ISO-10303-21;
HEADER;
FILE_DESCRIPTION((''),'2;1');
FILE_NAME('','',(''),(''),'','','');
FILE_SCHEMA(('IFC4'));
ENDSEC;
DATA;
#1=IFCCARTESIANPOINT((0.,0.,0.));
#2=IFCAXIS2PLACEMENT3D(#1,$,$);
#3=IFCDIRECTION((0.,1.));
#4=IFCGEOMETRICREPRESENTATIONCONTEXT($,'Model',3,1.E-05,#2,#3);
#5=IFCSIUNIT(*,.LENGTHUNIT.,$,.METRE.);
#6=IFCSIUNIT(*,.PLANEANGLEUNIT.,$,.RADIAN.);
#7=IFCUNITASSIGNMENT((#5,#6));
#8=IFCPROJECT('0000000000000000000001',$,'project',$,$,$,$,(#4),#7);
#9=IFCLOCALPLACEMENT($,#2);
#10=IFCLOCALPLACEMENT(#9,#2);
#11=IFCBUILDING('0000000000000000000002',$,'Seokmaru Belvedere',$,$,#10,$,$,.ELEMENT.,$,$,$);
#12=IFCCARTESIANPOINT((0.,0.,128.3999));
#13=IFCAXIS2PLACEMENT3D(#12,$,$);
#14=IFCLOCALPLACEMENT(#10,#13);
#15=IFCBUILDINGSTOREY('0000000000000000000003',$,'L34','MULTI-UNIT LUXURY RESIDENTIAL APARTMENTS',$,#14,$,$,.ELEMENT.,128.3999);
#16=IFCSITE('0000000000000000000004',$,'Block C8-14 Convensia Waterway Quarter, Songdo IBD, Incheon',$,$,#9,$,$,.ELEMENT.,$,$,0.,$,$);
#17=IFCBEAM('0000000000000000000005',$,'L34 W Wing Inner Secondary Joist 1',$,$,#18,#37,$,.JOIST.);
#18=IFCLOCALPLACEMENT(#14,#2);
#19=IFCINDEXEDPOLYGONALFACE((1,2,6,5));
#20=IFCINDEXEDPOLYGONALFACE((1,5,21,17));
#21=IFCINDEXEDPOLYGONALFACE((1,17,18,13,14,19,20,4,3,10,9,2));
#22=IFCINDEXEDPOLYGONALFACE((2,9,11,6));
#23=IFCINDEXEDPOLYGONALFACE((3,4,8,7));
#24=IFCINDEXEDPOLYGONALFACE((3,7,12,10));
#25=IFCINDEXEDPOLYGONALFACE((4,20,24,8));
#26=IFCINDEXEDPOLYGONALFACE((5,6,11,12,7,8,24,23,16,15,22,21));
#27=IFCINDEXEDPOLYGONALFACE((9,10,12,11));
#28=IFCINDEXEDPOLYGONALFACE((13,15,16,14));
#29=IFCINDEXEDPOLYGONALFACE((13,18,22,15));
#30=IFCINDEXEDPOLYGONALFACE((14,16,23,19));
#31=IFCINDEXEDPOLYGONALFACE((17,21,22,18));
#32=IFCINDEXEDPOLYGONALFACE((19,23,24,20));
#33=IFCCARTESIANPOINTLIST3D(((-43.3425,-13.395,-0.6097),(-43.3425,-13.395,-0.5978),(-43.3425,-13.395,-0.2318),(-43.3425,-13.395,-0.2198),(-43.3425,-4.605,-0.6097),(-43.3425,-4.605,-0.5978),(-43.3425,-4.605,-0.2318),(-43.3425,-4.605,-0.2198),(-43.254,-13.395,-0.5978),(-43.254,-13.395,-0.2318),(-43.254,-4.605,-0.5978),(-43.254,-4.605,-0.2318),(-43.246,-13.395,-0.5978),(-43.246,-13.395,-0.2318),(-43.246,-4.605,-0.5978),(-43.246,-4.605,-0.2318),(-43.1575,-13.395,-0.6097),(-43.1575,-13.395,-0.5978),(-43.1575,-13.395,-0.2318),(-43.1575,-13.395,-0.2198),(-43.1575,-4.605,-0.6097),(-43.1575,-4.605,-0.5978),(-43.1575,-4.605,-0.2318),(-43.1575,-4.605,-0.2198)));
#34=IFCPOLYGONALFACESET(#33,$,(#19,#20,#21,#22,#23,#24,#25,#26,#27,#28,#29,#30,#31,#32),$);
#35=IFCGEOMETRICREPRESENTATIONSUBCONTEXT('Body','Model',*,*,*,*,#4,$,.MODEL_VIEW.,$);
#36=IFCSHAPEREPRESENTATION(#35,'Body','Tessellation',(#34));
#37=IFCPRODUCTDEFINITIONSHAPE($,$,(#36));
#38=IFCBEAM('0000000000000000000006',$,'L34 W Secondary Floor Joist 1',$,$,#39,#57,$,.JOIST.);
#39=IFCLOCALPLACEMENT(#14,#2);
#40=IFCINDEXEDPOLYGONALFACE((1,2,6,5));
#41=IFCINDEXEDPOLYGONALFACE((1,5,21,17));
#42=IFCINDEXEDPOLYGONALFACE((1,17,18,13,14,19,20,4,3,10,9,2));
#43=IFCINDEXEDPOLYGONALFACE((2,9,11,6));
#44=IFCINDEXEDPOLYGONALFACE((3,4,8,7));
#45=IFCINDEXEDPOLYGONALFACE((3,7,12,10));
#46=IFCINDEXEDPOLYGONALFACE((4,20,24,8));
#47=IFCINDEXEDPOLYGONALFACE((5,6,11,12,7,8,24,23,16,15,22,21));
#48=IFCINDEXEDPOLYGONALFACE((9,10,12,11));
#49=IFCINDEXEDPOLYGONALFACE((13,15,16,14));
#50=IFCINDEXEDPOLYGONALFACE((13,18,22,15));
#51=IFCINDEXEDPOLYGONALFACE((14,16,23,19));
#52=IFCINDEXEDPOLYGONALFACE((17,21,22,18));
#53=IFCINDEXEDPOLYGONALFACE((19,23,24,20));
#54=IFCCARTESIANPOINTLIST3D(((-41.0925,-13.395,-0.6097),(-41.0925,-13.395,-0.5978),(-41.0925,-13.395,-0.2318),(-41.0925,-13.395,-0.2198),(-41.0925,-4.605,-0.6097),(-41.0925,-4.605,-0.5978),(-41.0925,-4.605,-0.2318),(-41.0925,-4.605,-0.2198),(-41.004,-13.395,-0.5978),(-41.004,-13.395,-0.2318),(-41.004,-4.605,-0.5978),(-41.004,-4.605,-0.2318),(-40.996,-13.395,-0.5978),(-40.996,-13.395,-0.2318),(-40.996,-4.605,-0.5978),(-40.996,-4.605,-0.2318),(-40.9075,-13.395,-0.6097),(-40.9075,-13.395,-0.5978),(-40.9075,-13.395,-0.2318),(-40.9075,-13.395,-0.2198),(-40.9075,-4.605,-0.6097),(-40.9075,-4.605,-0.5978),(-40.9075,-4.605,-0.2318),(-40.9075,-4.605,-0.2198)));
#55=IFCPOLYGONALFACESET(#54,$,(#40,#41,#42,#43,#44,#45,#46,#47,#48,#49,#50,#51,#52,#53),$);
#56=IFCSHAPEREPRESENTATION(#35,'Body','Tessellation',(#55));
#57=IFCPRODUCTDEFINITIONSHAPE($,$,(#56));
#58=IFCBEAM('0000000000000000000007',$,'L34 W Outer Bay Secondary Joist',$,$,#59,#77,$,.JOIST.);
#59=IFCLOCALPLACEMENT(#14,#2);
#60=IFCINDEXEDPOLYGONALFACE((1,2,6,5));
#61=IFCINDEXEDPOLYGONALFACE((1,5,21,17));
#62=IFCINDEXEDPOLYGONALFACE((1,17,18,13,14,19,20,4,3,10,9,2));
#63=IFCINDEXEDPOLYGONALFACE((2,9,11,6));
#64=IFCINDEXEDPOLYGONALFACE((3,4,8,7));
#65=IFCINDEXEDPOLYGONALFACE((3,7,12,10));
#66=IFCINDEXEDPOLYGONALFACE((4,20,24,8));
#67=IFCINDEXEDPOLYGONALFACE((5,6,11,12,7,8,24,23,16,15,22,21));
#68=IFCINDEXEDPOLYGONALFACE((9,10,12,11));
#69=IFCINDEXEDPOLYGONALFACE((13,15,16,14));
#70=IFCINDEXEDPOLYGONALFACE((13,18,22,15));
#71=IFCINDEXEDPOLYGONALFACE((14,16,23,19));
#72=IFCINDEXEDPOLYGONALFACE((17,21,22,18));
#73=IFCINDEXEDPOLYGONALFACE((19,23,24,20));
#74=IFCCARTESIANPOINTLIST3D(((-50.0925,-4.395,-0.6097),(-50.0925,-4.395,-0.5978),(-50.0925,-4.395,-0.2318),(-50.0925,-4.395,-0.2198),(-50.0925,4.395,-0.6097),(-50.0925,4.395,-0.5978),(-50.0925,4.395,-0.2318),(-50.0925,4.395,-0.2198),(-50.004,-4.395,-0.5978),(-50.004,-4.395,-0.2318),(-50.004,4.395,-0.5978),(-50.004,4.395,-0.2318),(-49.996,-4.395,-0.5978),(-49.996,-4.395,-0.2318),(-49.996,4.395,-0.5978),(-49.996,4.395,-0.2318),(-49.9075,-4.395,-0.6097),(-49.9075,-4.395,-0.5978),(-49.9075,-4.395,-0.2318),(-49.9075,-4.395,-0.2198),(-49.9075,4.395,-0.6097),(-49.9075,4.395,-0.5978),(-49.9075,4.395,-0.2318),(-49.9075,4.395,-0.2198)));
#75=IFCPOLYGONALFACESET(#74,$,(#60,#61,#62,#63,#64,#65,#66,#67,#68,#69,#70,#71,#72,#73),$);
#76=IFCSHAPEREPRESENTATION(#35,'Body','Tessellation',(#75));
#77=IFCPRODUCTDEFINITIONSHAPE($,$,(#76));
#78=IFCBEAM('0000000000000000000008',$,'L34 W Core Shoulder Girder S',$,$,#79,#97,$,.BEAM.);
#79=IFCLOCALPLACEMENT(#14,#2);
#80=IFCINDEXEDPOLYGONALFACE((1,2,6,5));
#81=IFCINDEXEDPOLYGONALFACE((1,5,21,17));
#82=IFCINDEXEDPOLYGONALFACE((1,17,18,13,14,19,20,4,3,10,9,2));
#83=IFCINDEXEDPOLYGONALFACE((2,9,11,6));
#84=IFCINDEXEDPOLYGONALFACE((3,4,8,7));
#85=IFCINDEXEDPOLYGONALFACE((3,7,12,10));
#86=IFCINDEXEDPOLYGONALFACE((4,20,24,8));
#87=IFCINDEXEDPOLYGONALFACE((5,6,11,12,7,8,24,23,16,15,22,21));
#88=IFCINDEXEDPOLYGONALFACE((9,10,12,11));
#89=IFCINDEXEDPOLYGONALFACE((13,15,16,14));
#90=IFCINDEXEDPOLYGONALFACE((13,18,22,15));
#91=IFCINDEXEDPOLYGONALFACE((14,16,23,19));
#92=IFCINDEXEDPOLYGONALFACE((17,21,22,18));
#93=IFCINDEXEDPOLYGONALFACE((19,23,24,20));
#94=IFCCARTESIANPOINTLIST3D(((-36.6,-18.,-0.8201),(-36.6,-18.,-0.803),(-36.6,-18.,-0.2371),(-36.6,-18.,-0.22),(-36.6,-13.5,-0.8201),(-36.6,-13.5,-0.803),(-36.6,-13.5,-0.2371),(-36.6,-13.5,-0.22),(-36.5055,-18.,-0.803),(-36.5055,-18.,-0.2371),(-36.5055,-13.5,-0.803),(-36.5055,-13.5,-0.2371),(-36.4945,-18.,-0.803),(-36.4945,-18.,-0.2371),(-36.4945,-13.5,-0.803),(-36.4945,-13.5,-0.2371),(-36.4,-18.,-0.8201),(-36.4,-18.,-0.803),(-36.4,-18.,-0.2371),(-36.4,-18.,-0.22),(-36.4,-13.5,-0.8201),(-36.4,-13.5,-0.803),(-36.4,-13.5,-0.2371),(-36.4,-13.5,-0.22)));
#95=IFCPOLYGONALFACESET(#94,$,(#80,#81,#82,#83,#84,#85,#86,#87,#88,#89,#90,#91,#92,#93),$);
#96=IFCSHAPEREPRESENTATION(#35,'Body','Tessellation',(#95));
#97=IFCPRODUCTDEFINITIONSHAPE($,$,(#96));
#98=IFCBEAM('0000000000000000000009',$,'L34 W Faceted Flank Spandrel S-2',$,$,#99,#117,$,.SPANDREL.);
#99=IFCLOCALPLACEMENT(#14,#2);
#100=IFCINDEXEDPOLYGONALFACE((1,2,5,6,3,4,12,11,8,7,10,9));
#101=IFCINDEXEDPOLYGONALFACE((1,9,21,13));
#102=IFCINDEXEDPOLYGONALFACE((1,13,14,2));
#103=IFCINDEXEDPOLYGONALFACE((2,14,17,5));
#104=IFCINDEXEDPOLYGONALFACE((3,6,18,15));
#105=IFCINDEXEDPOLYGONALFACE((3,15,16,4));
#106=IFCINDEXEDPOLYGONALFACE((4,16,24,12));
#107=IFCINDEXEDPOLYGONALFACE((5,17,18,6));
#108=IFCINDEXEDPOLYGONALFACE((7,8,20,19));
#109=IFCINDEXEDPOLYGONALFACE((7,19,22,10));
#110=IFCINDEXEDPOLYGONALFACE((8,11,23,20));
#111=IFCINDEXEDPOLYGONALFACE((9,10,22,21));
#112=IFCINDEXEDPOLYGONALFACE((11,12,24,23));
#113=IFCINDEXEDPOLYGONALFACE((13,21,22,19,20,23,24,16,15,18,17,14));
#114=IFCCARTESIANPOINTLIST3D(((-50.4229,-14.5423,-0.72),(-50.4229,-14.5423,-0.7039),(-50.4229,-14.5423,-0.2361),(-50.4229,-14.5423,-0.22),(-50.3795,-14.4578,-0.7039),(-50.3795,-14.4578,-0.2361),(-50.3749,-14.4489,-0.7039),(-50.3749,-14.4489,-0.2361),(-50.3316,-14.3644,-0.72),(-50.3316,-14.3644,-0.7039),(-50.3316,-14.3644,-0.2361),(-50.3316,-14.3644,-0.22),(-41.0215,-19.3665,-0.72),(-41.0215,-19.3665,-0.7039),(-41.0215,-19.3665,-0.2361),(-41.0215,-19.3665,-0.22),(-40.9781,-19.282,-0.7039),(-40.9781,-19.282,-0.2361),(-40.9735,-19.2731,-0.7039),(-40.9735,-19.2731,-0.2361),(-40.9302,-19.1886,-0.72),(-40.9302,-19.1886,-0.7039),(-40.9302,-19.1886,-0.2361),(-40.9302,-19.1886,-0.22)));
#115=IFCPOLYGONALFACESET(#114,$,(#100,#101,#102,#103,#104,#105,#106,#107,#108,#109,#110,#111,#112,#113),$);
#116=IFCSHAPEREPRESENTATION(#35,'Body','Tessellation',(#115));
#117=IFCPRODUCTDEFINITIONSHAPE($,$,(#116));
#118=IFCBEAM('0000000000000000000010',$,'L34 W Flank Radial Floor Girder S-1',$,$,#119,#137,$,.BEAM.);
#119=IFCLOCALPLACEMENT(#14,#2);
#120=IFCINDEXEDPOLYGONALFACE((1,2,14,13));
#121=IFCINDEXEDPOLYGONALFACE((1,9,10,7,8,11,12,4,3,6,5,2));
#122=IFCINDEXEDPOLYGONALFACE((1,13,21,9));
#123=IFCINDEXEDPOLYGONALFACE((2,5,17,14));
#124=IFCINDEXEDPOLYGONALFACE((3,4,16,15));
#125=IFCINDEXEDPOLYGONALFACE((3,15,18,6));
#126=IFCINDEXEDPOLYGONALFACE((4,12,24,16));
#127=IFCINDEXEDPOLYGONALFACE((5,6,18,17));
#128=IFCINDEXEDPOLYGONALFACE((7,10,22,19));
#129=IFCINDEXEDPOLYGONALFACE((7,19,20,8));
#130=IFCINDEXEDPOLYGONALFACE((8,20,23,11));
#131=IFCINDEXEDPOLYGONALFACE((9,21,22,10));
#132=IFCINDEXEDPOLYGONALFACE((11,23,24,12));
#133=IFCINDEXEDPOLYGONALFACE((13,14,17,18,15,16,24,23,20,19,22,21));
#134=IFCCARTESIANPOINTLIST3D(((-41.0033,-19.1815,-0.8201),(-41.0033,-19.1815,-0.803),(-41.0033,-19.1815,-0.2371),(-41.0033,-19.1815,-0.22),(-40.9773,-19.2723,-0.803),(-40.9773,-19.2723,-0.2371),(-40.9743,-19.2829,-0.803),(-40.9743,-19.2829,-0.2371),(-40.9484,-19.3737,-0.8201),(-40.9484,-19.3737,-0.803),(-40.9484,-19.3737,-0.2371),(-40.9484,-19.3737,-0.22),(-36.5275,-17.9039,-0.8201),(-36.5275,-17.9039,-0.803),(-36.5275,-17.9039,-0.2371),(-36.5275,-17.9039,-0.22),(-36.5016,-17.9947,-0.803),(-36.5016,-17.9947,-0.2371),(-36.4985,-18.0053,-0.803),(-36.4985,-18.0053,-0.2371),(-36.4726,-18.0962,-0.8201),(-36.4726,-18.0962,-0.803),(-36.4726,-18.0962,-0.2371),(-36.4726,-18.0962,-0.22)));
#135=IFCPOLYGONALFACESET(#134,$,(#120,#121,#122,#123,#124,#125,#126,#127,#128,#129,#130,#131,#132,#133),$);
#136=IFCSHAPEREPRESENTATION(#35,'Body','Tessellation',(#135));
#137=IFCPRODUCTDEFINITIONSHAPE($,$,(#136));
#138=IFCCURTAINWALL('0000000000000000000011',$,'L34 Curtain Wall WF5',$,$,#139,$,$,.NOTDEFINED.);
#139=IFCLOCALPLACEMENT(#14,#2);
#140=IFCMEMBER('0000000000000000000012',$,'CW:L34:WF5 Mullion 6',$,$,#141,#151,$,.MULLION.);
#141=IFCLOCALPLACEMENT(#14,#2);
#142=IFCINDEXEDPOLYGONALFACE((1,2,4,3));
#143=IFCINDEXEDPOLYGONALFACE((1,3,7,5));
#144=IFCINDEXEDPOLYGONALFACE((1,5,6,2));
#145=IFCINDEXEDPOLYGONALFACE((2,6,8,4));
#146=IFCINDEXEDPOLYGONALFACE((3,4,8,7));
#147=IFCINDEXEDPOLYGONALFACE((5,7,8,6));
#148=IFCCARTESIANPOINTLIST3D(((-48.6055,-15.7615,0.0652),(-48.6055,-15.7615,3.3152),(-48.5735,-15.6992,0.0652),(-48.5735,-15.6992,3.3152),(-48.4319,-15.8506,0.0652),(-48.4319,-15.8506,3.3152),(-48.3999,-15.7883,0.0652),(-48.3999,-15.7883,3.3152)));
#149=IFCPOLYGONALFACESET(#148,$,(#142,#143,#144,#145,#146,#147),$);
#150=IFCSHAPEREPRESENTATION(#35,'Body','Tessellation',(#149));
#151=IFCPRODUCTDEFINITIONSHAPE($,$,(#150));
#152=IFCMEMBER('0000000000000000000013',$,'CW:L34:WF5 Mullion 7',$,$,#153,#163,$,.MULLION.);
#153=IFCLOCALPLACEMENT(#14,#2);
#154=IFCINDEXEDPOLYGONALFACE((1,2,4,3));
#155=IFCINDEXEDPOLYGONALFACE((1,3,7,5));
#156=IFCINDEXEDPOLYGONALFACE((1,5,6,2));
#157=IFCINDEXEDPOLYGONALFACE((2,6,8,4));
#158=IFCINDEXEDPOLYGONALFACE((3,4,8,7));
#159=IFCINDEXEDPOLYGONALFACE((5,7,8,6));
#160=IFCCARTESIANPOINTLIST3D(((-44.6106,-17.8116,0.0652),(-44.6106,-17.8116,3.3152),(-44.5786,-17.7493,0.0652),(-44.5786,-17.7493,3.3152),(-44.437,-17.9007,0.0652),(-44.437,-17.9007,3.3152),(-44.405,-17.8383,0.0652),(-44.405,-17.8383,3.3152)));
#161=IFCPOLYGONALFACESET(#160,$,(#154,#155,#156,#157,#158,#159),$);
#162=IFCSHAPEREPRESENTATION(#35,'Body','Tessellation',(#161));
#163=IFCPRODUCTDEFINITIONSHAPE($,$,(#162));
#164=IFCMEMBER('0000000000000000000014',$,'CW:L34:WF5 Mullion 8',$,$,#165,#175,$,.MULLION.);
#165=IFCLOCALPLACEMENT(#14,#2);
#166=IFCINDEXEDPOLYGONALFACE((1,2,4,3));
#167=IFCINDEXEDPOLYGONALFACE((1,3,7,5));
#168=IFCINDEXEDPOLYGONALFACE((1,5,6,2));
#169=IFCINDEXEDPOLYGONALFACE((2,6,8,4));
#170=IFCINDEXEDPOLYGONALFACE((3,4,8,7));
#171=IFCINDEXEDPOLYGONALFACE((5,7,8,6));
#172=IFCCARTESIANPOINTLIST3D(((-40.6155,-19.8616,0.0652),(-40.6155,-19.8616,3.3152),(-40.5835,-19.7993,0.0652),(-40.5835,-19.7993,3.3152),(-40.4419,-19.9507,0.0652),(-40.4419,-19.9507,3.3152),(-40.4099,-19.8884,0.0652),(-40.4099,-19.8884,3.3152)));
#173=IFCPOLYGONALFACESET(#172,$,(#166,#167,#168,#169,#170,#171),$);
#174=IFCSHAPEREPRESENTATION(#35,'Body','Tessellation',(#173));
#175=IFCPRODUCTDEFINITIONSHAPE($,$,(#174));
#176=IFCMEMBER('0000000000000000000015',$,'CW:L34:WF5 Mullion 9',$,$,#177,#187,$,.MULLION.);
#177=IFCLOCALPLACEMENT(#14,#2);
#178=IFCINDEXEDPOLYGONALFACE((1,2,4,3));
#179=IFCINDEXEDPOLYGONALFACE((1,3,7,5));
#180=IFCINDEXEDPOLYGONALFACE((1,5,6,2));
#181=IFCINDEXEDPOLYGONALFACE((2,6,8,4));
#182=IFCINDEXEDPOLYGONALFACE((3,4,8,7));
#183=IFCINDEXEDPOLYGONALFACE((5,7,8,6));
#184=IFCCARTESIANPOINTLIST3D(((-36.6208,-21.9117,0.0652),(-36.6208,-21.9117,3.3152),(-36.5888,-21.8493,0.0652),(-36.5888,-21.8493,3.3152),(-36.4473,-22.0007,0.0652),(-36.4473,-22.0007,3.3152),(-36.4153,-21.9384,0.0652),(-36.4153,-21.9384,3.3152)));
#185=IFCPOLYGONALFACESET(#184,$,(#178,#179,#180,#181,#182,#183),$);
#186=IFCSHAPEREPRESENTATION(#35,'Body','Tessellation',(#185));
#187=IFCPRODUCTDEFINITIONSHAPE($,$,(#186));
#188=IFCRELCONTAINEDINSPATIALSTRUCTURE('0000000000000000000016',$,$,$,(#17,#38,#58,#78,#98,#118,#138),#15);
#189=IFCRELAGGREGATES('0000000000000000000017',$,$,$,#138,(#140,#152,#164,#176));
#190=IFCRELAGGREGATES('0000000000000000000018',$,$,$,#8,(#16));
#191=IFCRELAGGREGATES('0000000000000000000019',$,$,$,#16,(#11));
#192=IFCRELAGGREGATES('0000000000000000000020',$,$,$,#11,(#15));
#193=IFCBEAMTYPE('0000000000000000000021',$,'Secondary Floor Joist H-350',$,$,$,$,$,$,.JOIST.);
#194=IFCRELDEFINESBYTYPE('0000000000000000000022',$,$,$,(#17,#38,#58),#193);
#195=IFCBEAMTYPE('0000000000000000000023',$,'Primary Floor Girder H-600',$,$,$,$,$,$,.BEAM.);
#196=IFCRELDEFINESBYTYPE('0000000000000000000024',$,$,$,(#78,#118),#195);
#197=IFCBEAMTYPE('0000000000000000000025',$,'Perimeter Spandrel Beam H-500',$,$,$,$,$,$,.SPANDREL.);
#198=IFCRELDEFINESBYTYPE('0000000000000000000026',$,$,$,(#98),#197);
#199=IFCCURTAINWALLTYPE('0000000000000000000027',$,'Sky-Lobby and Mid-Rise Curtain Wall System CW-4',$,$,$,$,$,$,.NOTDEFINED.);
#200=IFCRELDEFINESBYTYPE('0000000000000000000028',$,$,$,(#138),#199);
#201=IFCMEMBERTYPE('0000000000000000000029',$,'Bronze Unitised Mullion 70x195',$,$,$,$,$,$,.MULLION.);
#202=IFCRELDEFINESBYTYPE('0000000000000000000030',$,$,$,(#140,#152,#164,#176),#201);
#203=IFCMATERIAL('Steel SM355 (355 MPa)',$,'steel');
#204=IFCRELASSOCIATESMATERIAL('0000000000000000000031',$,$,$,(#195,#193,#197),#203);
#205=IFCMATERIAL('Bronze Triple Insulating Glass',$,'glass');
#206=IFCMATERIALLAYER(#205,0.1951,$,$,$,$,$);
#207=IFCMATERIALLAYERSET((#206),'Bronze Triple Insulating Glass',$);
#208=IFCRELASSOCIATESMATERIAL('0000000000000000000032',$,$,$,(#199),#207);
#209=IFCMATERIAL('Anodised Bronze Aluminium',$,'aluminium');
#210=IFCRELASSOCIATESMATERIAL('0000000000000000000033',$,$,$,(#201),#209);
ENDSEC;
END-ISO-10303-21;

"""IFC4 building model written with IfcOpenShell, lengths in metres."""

from ifc_helpers import new_model, si_unit, direction, frame, origin, origin_2d, place, context, subcontext, project, spatial, rectangle, i_section, extrude, source, transform, mapped, material, layer, layer_set, material_profile, profile_set, type_object, type_shapes, element, aggregate, save


model = new_model("IFC4")

# Units and contexts
model_context = context("Model", 3, precision=1e-05, world=origin(), true_north=direction((0.0, 1.0)))
body_context = subcontext(model_context, "Body", "Model", "MODEL_VIEW")
ifc_project = project(units=[si_unit("LENGTHUNIT", "METRE"), si_unit("PLANEANGLEUNIT", "RADIAN")], contexts=[model_context])

# Site, building, storey
site_placement = place(None, origin())
site = spatial("IfcSite", under=ifc_project, at=site_placement, Name="Block C8-14 Convensia Waterway Quarter, Songdo IBD, Incheon", CompositionType="ELEMENT", RefElevation=0.0)
building_placement = place(site_placement, origin())
building = spatial("IfcBuilding", under=site, at=building_placement, Name="Seokmaru Belvedere", CompositionType="ELEMENT")
storey_placement = place(building_placement, frame((0.0, 0.0, 128.3999)))
storey = spatial("IfcBuildingStorey", under=building, at=storey_placement, Name="L34", Description="MULTI-UNIT LUXURY RESIDENTIAL APARTMENTS", CompositionType="ELEMENT", Elevation=128.3999)

# Shared definitions
ifc_material_1 = material(Name="Steel SM355 (355 MPa)", Category="steel")

# Beams
ifc_material_profile_1 = material_profile(ifc_material_1, i_section(OverallWidth=0.2, OverallDepth=0.6001, WebThickness=0.011, FlangeThickness=0.0171, at=origin_2d()), Name="H-600x200x11x17")
ifc_profile_set_1 = profile_set([ifc_material_profile_1], Name="Steel SM355 (355 MPa)")
beam_type_1 = type_object("IfcBeamType", Name="Primary Floor Girder H-600", PredefinedType="BEAM", material=ifc_profile_set_1)
ifc_material_profile_2 = material_profile(ifc_material_1, i_section(OverallWidth=0.1851, OverallDepth=0.3899, WebThickness=0.0081, FlangeThickness=0.012, at=origin_2d()), Name="H-390x185x8x12")
ifc_profile_set_2 = profile_set([ifc_material_profile_2], Name="Steel SM355 (355 MPa)")
beam_type_2 = type_object("IfcBeamType", Name="Secondary Floor Joist H-350", PredefinedType="JOIST", material=ifc_profile_set_2)
shared_shape_1 = source(origin(), body_context, "Body", "SweptSolid", [
    extrude(i_section(OverallWidth=0.1851, OverallDepth=0.3899, WebThickness=0.0081, FlangeThickness=0.012, at=origin_2d()), origin(), (0.0, 0.0, 1.0), 8.79),
])
type_shapes(beam_type_2, [shared_shape_1])
for number, where, z_axis, x_axis, name in (
    (1, (-43.25, -13.395, -0.4148), (0.0, 1.0, 0.0), (-1.0, 0.0, 0.0), "L34 W Wing Inner Secondary Joist 1"),
    (2, (-41.0, -13.395, -0.4148), (0.0, 1.0, 0.0), (-1.0, 0.0, 0.0), "L34 W Secondary Floor Joist 1"),
    (3, (-50.0, -4.395, -0.4148), (0.0, 1.0, 0.0), (-1.0, 0.0, 0.0), "L34 W Outer Bay Secondary Joist"),
):
    element("IfcBeam", number, at=place(storey_placement, frame(where, z_axis=z_axis, x_axis=x_axis)), inside=storey, type_object=beam_type_2, Name=name, PredefinedType="JOIST", context=body_context, shape_type="MappedRepresentation", body=[
        mapped(shared_shape_1, transform((0.0, 0.0, 0.0), scale=1.0)),
    ])
shared_shape_2 = source(origin(), body_context, "Body", "SweptSolid", [
    extrude(i_section(OverallWidth=0.2, OverallDepth=0.6001, WebThickness=0.011, FlangeThickness=0.0171, at=origin_2d()), origin(), (0.0, 0.0, 1.0), 4.5),
])
beam_1_placement = place(storey_placement, frame((-36.5, -18.0, -0.52), z_axis=(0.0, 1.0, 0.0), x_axis=(-1.0, 0.0, 0.0)))
element("IfcBeam", 4, at=beam_1_placement, inside=storey, type_object=beam_type_1, Name="L34 W Core Shoulder Girder S", PredefinedType="BEAM", context=body_context, shape_type="MappedRepresentation", body=[
    mapped(shared_shape_2, transform((0.0, 0.0, 0.0), scale=1.0)),
])
ifc_material_profile_3 = material_profile(ifc_material_1, i_section(OverallWidth=0.2, OverallDepth=0.5, WebThickness=0.01, FlangeThickness=0.0161, at=origin_2d()), Name="H-500x200x10x16")
ifc_profile_set_3 = profile_set([ifc_material_profile_3], Name="Steel SM355 (355 MPa)")
beam_type_3 = type_object("IfcBeamType", Name="Perimeter Spandrel Beam H-500", PredefinedType="SPANDREL", material=ifc_profile_set_3)
shared_shape_3 = source(origin(), body_context, "Body", "SweptSolid", [
    extrude(i_section(OverallWidth=0.2, OverallDepth=0.5, WebThickness=0.01, FlangeThickness=0.0161, at=origin_2d()), origin(), (0.0, 0.0, 1.0), 10.5669),
])
type_shapes(beam_type_3, [shared_shape_3])
beam_2_placement = place(storey_placement, frame((-40.9758, -19.2776, -0.47), z_axis=(-0.889702, 0.456542, 0.0), x_axis=(-0.456542, -0.889702, 0.0)))
element("IfcBeam", 5, at=beam_2_placement, inside=storey, type_object=beam_type_3, Name="L34 W Faceted Flank Spandrel S-2", PredefinedType="SPANDREL", context=body_context, shape_type="MappedRepresentation", body=[
    mapped(shared_shape_3, transform((0.0, 0.0, 0.0), scale=1.0)),
])
shared_shape_4 = source(origin(), body_context, "Body", "SweptSolid", [
    extrude(i_section(OverallWidth=0.2, OverallDepth=0.6001, WebThickness=0.011, FlangeThickness=0.0171, at=origin_2d()), origin(), (0.0, 0.0, 1.0), 4.6545),
])
beam_3_placement = place(storey_placement, frame((-40.9758, -19.2776, -0.52), z_axis=(0.961593, 0.274479, 0.0), x_axis=(-0.274479, 0.961593, 0.0)))
element("IfcBeam", 6, at=beam_3_placement, inside=storey, type_object=beam_type_1, Name="L34 W Flank Radial Floor Girder S-1", PredefinedType="BEAM", context=body_context, shape_type="MappedRepresentation", body=[
    mapped(shared_shape_4, transform((0.0, 0.0, 0.0), scale=1.0)),
])

# Curtain wall, members
ifc_material_2 = material(Name="Bronze Triple Insulating Glass", Category="glass")
ifc_layer_1 = layer(ifc_material_2, 0.1951)
ifc_layer_set_1 = layer_set([ifc_layer_1], Name="Bronze Triple Insulating Glass")
curtain_wall_type = type_object("IfcCurtainWallType", Name="Sky-Lobby and Mid-Rise Curtain Wall System CW-4", PredefinedType="NOTDEFINED", material=ifc_layer_set_1)
curtain_wall_placement = place(storey_placement, origin())
curtain_wall = element("IfcCurtainWall", 7, at=curtain_wall_placement, inside=storey, type_object=curtain_wall_type, Name="L34 Curtain Wall WF5", PredefinedType="NOTDEFINED")
ifc_material_3 = material(Name="Anodised Bronze Aluminium", Category="aluminium")
ifc_material_profile_4 = material_profile(ifc_material_3, rectangle(XDim=0.0701, YDim=0.1951, at=origin_2d()), Name="CW-M-70x195")
ifc_profile_set_4 = profile_set([ifc_material_profile_4], Name="Anodised Bronze Aluminium")
member_type = type_object("IfcMemberType", Name="Bronze Unitised Mullion 70x195", PredefinedType="MULLION", material=ifc_profile_set_4)
shared_shape_5 = source(origin(), body_context, "Body", "SweptSolid", [
    extrude(rectangle(XDim=0.0701, YDim=0.1951, at=origin_2d()), origin(), (0.0, 0.0, 1.0), 3.25),
])
type_shapes(member_type, [shared_shape_5])
member_1_placement = place(storey_placement, frame((-48.5027, -15.7749, 0.0652), z_axis=(0.0, 0.0, 1.0), x_axis=(0.456555, 0.889695, 0.0)))
member_1 = element("IfcMember", 8, at=member_1_placement, type_object=member_type, Name="CW:L34:WF5 Mullion 6", PredefinedType="MULLION", context=body_context, shape_type="MappedRepresentation", body=[
    mapped(shared_shape_5, transform((0.0, 0.0, 0.0), scale=1.0)),
])
member_2_placement = place(storey_placement, frame((-44.5078, -17.825, 0.0652), z_axis=(0.0, 0.0, 1.0), x_axis=(0.456555, 0.889695, 0.0)))
member_2 = element("IfcMember", 9, at=member_2_placement, type_object=member_type, Name="CW:L34:WF5 Mullion 7", PredefinedType="MULLION", context=body_context, shape_type="MappedRepresentation", body=[
    mapped(shared_shape_5, transform((0.0, 0.0, 0.0), scale=1.0)),
])
member_3_placement = place(storey_placement, frame((-40.5127, -19.875, 0.0652), z_axis=(0.0, 0.0, 1.0), x_axis=(0.456555, 0.889695, 0.0)))
member_3 = element("IfcMember", 10, at=member_3_placement, type_object=member_type, Name="CW:L34:WF5 Mullion 8", PredefinedType="MULLION", context=body_context, shape_type="MappedRepresentation", body=[
    mapped(shared_shape_5, transform((0.0, 0.0, 0.0), scale=1.0)),
])
member_4_placement = place(storey_placement, frame((-36.5181, -21.925, 0.0652), z_axis=(0.0, 0.0, 1.0), x_axis=(0.456555, 0.889695, 0.0)))
member_4 = element("IfcMember", 11, at=member_4_placement, type_object=member_type, Name="CW:L34:WF5 Mullion 9", PredefinedType="MULLION", context=body_context, shape_type="MappedRepresentation", body=[
    mapped(shared_shape_5, transform((0.0, 0.0, 0.0), scale=1.0)),
])
aggregate(curtain_wall, [member_1, member_2, member_3, member_4])

save(model, "model.ifc")
